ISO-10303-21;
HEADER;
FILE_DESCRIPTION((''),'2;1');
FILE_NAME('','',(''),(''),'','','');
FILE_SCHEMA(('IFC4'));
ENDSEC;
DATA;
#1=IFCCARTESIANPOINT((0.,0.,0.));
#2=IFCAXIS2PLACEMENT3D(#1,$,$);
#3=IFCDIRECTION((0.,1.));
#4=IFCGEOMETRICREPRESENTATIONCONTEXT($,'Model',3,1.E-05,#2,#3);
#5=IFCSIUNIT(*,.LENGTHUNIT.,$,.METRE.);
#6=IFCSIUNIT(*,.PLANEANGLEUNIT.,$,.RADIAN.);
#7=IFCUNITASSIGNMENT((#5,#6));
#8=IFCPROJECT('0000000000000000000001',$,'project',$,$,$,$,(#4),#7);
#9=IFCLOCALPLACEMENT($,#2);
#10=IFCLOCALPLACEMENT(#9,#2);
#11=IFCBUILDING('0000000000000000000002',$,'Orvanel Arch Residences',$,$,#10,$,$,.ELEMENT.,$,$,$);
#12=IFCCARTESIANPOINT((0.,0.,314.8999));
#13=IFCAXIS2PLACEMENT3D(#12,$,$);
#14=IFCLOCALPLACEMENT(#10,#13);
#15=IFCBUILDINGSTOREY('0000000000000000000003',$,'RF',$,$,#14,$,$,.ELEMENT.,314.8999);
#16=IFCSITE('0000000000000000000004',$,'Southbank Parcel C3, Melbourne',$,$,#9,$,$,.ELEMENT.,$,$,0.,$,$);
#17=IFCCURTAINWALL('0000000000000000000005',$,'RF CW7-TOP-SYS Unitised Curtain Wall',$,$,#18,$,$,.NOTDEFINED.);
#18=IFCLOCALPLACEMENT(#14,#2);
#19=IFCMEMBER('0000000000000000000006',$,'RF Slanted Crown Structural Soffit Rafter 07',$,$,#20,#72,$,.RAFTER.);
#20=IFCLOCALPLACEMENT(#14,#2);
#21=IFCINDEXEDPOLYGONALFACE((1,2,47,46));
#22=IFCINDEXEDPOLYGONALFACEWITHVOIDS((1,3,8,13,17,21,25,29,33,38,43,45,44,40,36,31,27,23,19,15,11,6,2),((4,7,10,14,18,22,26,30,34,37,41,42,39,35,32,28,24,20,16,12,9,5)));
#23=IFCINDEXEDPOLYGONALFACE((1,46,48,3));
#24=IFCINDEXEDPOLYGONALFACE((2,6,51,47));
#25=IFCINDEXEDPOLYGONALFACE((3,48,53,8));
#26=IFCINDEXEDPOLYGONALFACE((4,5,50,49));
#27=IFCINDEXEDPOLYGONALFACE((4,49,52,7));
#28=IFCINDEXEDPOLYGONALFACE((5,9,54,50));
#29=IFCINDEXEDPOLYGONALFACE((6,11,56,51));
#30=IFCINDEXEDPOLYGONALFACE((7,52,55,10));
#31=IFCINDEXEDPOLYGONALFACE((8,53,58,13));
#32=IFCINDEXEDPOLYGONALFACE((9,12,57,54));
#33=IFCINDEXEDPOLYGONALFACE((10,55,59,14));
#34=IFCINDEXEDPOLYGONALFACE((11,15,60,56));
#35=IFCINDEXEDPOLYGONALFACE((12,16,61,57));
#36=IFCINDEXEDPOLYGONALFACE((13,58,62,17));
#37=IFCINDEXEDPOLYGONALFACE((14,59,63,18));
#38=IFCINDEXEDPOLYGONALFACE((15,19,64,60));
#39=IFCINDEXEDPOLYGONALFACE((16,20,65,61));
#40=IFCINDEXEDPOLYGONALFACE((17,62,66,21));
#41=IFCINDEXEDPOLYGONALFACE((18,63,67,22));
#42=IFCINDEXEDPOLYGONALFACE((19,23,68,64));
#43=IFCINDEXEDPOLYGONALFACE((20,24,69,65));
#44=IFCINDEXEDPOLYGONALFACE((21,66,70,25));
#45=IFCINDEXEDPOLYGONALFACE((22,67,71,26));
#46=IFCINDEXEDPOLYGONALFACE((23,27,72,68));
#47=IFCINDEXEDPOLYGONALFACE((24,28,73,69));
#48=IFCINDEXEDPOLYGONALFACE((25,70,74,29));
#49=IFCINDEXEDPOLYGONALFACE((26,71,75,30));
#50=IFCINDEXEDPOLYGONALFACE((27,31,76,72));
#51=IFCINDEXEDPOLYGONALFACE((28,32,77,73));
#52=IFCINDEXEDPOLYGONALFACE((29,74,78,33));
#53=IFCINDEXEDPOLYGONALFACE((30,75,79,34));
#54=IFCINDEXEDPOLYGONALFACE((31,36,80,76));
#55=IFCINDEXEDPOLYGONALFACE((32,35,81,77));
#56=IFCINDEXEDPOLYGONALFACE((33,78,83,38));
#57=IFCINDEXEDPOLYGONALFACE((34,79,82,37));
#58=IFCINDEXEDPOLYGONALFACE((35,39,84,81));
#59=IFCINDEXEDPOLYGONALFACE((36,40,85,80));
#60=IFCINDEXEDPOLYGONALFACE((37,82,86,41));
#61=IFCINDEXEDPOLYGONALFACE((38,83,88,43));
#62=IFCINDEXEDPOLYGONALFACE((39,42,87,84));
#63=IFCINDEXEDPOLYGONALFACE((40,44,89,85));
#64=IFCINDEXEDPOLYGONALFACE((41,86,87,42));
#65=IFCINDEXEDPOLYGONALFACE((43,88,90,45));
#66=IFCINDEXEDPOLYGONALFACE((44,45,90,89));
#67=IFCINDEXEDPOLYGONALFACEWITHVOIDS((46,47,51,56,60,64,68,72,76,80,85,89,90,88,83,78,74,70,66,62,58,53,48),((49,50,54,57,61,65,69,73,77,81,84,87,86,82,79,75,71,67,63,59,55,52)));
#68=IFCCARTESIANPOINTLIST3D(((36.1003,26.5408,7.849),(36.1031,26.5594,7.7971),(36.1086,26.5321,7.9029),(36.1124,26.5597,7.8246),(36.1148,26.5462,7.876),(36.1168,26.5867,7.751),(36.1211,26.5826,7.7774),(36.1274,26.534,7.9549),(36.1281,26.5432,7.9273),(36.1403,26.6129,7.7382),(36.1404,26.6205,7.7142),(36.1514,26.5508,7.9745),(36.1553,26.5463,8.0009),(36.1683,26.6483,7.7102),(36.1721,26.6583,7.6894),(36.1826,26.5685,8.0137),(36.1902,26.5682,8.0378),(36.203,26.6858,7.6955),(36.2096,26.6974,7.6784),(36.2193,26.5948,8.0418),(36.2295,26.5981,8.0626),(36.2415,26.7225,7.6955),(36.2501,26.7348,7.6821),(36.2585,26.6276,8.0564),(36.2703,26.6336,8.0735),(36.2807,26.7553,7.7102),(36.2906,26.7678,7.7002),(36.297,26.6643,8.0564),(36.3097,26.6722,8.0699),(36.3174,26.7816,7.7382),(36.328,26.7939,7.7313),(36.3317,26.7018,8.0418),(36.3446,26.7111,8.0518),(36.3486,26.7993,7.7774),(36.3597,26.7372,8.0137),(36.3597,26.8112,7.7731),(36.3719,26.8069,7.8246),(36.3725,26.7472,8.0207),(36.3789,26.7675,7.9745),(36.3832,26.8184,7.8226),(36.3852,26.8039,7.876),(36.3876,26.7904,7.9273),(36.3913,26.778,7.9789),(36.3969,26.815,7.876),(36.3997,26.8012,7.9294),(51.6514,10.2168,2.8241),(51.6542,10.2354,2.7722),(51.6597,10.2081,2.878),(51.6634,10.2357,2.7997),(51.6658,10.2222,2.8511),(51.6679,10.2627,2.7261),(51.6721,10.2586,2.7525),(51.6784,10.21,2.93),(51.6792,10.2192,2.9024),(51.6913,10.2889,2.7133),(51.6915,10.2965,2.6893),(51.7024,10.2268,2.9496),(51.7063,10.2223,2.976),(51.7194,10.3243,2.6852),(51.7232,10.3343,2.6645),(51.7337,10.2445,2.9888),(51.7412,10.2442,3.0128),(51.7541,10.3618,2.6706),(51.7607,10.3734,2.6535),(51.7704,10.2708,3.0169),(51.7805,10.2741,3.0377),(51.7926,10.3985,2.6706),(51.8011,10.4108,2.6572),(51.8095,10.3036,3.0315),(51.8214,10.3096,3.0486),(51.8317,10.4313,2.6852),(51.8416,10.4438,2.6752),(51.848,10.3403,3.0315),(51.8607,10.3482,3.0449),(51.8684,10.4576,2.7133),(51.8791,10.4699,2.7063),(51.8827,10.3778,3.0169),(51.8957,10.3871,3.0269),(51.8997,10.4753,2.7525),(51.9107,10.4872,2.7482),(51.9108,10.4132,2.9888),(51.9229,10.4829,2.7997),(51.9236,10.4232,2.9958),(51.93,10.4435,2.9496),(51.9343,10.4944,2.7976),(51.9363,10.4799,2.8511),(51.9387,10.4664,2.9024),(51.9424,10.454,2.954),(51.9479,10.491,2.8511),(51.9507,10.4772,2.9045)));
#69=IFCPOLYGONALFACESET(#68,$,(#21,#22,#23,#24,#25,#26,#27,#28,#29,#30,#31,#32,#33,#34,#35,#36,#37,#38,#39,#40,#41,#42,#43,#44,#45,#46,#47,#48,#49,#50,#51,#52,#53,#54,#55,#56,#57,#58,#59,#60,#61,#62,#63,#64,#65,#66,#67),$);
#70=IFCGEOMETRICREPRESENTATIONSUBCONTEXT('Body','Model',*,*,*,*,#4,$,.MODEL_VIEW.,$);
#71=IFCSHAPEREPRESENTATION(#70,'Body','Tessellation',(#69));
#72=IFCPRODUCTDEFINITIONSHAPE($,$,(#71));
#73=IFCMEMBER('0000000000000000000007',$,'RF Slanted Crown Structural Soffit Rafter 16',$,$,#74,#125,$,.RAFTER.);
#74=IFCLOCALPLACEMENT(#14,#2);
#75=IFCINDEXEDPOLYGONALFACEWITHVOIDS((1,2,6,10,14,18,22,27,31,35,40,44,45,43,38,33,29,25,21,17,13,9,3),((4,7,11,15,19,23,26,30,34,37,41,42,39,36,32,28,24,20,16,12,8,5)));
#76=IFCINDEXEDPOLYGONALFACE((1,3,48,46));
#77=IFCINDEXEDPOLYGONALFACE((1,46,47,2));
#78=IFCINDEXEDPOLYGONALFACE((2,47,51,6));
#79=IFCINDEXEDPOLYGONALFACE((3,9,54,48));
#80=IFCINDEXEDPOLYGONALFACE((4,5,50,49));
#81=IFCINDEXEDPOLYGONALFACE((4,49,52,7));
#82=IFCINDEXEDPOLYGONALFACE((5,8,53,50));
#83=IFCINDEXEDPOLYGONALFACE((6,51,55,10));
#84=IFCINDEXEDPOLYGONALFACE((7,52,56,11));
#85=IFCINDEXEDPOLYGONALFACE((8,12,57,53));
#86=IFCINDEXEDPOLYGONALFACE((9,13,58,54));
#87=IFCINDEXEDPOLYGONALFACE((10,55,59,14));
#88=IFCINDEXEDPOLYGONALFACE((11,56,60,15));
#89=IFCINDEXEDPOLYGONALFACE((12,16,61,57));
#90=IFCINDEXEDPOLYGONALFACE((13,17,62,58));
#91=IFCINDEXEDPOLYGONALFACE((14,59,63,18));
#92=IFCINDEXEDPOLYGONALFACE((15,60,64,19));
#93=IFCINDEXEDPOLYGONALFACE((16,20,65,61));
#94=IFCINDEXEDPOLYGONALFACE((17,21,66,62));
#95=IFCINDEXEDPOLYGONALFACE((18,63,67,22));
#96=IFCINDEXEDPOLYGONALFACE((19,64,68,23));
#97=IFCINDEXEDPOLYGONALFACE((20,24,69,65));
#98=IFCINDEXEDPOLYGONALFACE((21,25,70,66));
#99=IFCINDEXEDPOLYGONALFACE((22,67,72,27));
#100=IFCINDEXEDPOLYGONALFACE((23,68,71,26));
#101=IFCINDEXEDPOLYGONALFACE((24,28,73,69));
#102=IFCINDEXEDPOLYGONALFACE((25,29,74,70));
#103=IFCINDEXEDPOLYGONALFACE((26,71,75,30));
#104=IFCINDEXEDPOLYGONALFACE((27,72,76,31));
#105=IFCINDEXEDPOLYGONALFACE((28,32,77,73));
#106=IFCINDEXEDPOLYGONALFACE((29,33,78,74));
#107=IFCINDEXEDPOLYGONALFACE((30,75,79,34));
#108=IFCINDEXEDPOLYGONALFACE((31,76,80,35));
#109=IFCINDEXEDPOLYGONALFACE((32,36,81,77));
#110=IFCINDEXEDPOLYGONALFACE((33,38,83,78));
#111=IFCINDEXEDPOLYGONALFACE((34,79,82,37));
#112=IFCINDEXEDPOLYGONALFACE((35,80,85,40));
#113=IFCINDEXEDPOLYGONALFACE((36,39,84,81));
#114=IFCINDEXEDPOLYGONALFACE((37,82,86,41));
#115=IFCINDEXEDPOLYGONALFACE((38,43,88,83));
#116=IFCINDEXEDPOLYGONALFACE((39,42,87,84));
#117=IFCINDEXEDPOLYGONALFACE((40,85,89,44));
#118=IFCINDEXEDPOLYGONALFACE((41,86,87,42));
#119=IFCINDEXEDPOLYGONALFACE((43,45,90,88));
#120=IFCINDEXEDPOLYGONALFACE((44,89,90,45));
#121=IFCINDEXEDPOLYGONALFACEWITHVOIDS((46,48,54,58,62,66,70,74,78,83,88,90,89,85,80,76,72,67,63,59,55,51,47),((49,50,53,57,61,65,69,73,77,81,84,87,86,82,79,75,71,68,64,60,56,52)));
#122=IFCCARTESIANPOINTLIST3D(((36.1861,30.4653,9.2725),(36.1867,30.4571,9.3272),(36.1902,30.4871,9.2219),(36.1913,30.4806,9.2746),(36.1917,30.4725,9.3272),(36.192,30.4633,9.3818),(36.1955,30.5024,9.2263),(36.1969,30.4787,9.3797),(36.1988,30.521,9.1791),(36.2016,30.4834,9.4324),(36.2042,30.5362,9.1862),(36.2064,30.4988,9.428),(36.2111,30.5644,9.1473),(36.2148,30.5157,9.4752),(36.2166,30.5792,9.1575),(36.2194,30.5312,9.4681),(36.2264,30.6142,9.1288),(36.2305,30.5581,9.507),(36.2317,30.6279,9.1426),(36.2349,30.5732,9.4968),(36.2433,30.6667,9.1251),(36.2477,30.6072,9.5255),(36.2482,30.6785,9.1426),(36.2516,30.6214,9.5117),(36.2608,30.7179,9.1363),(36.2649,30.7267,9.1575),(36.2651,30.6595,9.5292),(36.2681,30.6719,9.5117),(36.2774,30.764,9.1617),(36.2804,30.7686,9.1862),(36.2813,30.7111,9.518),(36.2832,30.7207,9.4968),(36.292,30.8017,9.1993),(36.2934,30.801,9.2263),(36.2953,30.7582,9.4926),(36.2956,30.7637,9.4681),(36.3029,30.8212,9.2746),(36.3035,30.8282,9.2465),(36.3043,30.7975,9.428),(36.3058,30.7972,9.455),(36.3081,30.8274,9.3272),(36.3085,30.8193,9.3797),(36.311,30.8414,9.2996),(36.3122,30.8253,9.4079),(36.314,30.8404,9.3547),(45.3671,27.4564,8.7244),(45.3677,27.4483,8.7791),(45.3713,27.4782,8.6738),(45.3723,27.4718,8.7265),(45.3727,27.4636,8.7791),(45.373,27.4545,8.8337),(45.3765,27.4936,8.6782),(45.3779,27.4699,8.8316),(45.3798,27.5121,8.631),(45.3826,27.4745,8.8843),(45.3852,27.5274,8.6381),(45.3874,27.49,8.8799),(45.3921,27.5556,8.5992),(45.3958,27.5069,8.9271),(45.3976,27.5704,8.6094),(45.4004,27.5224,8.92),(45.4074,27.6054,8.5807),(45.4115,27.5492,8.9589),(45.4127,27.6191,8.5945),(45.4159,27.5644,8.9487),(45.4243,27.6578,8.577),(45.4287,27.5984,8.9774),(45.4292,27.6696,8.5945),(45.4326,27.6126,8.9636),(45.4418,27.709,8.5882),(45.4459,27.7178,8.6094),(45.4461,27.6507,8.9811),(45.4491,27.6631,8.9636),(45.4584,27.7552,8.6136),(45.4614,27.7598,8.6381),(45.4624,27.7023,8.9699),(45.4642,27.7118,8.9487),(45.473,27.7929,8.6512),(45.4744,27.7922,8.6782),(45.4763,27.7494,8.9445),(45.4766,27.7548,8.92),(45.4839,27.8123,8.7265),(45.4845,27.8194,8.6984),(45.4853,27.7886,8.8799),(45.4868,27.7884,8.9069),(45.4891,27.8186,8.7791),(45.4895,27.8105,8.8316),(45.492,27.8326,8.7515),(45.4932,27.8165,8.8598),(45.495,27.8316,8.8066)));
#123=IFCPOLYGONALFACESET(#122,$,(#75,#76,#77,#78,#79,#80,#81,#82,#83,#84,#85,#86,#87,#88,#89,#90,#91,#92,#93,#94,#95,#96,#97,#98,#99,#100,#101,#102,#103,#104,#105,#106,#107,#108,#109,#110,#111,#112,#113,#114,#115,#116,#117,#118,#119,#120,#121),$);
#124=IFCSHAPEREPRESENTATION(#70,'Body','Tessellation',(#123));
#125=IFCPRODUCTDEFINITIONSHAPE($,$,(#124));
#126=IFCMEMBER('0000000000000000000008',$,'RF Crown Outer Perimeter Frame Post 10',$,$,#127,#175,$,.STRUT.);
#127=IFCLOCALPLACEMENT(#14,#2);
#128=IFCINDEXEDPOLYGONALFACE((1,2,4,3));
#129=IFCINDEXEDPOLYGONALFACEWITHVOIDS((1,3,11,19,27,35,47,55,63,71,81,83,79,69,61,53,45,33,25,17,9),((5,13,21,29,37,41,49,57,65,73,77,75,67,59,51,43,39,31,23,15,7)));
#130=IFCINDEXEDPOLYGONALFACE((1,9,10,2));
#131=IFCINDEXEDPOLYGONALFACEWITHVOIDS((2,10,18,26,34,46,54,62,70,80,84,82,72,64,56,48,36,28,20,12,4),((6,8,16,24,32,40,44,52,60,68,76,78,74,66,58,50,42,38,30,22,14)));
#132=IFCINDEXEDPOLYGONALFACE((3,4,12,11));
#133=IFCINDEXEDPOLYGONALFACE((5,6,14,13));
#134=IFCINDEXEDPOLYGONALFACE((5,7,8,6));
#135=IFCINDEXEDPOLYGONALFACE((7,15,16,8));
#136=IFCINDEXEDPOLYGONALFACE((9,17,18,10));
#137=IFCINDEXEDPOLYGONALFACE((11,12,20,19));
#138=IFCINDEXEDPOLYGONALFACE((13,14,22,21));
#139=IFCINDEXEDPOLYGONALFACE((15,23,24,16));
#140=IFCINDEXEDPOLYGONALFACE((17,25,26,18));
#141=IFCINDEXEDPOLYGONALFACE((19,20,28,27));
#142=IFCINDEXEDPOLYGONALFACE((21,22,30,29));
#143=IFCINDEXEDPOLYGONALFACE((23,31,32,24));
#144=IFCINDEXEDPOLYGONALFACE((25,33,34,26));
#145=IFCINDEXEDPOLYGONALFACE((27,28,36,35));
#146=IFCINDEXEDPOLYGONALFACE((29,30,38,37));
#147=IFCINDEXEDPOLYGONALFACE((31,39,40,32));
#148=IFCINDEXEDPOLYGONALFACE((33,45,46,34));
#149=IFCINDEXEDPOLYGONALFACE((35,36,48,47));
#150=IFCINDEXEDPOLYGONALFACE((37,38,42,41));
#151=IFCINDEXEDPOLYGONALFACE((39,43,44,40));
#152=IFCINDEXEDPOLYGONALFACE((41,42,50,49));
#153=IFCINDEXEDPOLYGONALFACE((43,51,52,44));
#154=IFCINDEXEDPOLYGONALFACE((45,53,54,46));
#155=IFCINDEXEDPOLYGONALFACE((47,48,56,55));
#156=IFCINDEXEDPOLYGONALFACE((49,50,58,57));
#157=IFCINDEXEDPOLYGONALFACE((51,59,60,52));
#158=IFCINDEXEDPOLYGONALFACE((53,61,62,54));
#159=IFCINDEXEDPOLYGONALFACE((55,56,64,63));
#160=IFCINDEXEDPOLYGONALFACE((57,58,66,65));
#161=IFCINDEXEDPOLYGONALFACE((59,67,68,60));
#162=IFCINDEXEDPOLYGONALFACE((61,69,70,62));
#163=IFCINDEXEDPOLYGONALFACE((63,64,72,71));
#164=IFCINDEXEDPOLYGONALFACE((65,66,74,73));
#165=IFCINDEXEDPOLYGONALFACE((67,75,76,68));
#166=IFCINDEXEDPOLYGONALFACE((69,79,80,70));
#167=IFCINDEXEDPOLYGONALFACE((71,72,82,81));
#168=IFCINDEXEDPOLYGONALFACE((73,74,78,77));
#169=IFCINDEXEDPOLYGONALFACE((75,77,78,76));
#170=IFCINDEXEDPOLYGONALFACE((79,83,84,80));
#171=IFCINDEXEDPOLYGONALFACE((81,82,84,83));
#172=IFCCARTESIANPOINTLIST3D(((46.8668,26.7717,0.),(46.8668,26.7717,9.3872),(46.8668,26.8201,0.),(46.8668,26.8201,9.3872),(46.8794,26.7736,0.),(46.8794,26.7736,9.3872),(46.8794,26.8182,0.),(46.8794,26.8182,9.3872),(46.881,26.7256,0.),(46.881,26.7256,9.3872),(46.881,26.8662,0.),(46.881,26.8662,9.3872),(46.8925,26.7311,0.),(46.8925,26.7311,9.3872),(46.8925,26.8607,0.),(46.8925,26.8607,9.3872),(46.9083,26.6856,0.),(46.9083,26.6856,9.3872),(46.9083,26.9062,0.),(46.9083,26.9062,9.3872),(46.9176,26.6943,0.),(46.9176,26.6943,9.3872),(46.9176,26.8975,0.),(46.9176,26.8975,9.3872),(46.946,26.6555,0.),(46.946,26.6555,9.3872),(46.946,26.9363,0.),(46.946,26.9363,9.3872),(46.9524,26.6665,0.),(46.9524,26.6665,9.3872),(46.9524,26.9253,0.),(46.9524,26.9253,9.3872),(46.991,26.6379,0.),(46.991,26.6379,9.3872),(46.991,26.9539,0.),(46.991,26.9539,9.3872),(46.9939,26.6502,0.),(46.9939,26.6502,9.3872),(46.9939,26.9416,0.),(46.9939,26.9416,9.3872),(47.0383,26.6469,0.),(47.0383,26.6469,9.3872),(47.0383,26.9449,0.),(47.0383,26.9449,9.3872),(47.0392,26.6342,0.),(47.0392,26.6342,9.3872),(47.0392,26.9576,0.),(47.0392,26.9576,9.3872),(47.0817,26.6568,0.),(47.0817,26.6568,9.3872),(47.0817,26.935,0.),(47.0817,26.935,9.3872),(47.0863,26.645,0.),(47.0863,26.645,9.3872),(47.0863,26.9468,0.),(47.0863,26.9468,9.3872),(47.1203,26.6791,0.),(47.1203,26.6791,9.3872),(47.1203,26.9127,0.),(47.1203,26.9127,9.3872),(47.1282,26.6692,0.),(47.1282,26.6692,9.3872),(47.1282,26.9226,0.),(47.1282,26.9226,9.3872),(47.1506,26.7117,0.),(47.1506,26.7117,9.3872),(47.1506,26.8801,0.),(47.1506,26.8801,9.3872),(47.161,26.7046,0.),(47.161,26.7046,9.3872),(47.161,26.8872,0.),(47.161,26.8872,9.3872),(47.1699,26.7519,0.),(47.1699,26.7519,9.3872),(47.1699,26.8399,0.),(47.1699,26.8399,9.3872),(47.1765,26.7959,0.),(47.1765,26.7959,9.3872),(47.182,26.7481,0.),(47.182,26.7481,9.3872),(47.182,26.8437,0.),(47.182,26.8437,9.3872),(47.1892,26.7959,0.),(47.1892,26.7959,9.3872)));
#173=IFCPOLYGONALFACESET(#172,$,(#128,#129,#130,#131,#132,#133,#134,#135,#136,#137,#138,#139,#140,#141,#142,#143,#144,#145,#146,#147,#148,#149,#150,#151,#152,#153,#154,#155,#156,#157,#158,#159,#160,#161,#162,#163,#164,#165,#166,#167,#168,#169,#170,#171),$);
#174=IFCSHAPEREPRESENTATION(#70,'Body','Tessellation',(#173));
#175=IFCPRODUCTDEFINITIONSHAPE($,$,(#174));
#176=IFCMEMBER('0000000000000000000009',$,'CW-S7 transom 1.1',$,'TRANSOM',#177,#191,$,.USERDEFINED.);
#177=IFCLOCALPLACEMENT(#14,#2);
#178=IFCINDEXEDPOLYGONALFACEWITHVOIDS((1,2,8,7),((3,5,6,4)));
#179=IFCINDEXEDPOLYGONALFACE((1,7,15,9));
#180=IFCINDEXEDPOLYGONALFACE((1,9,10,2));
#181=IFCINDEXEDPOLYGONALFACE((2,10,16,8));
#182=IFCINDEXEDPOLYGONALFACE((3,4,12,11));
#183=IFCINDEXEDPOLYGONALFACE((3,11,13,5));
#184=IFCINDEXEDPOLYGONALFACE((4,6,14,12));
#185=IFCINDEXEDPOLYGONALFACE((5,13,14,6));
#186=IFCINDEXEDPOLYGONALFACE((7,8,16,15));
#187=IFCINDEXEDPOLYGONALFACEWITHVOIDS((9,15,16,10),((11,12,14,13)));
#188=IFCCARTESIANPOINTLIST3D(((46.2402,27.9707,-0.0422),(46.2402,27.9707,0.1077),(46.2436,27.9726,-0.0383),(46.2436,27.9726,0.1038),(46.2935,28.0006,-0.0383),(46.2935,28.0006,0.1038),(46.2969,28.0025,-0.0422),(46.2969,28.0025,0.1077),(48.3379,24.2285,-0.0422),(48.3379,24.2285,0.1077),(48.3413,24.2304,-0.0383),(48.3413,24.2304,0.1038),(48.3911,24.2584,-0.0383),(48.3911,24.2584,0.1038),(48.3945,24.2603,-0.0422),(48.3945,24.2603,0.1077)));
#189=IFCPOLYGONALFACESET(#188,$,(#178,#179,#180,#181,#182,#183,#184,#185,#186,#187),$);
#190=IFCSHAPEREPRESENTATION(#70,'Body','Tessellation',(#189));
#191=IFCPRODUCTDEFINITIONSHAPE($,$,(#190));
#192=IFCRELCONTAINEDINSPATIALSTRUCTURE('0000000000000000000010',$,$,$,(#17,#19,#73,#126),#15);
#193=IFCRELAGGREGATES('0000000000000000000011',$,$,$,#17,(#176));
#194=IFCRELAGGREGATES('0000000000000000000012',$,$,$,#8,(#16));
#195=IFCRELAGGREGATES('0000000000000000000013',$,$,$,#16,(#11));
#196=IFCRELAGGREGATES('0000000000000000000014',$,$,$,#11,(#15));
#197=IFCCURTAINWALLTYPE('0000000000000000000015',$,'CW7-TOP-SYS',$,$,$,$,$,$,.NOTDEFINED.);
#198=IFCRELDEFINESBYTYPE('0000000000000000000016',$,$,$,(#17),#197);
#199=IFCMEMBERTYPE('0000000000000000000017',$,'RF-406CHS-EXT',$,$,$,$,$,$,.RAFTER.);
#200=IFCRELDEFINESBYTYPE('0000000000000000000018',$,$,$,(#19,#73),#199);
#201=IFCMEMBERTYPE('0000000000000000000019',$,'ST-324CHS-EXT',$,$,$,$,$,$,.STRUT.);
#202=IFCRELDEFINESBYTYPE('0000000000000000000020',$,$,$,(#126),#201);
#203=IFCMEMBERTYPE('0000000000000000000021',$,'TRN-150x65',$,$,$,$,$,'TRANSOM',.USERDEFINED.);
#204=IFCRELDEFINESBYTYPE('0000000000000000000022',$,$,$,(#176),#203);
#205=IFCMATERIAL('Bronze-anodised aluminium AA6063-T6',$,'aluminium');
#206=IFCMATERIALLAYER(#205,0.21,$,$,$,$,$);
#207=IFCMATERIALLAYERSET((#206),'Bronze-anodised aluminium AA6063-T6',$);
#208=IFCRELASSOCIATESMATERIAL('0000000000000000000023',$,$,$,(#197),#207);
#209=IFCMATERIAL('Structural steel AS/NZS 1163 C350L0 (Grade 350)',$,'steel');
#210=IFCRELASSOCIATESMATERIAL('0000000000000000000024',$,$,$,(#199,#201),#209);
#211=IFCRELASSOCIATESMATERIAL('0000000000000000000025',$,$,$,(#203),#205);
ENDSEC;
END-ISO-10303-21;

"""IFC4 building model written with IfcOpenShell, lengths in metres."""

from ifc_helpers import new_model, si_unit, direction, frame, origin, origin_2d, place, context, subcontext, project, spatial, hollow_rectangle, hollow_circle, extrude, material, layer, layer_set, material_profile, profile_set, type_object, element, aggregate, save


model = new_model("IFC4")

# Units and contexts
model_context = context("Model", 3, precision=1e-05, world=origin(), true_north=direction((0.0, 1.0)))
body_context = subcontext(model_context, "Body", "Model", "MODEL_VIEW")
ifc_project = project(units=[si_unit("LENGTHUNIT", "METRE"), si_unit("PLANEANGLEUNIT", "RADIAN")], contexts=[model_context])

# Site, building, storey
site_placement = place(None, origin())
site = spatial("IfcSite", under=ifc_project, at=site_placement, Name="Southbank Parcel C3, Melbourne", CompositionType="ELEMENT", RefElevation=0.0)
building_placement = place(site_placement, origin())
building = spatial("IfcBuilding", under=site, at=building_placement, Name="Orvanel Arch Residences", CompositionType="ELEMENT")
storey_placement = place(building_placement, frame((0.0, 0.0, 314.8999)))
storey = spatial("IfcBuildingStorey", under=building, at=storey_placement, Name="RF", CompositionType="ELEMENT", Elevation=314.8999)

# Shared definitions
ifc_material_1 = material(Name="Structural steel AS/NZS 1163 C350L0 (Grade 350)", Category="steel")

# Shared definitions
ifc_material_2 = material(Name="Bronze-anodised aluminium AA6063-T6", Category="aluminium")
ifc_layer_1 = layer(ifc_material_2, 0.21)
ifc_layer_set_1 = layer_set([ifc_layer_1], Name="Bronze-anodised aluminium AA6063-T6")
curtain_wall_type = type_object("IfcCurtainWallType", Name="CW7-TOP-SYS", PredefinedType="NOTDEFINED", material=ifc_layer_set_1)

# Curtain wall
curtain_wall_1_placement = place(storey_placement, origin())
curtain_wall_1 = element("IfcCurtainWall", 1, at=curtain_wall_1_placement, inside=storey, type_object=curtain_wall_type, Name="RF CW7-TOP-SYS Unitised Curtain Wall", PredefinedType="NOTDEFINED")

# Members
ifc_material_profile_1 = material_profile(ifc_material_1, hollow_circle(Radius=0.2029, WallThickness=0.0161, at=origin_2d()), Name="CHS406x16")
ifc_profile_set_1 = profile_set([ifc_material_profile_1], Name="Structural steel AS/NZS 1163 C350L0 (Grade 350)")
member_type_1 = type_object("IfcMemberType", Name="RF-406CHS-EXT", PredefinedType="RAFTER", material=ifc_profile_set_1)
member_1_placement = place(storey_placement, frame((36.25, 26.675, 7.876), z_axis=(0.673239, -0.706701, -0.217539), x_axis=(0.724041, 0.689757, 0.0)))
element("IfcMember", 2, at=member_1_placement, inside=storey, type_object=member_type_1, Name="RF Slanted Crown Structural Soffit Rafter 07", PredefinedType="RAFTER", context=body_context, shape_type="SweptSolid", body=[
    extrude(hollow_circle(Radius=0.2029, WallThickness=0.0161, at=origin_2d()), origin(), (0.0, 0.0, 1.0), 23.0989),
])
member_2_placement = place(storey_placement, frame((45.4309, 27.6411, 8.7791), z_axis=(-0.948745, 0.310925, 0.05664), x_axis=(-0.311425, -0.950271, 0.0)))
element("IfcMember", 3, at=member_2_placement, inside=storey, type_object=member_type_1, Name="RF Slanted Crown Structural Soffit Rafter 16", PredefinedType="RAFTER", context=body_context, shape_type="SweptSolid", body=[
    extrude(hollow_circle(Radius=0.2029, WallThickness=0.0161, at=origin_2d()), origin(), (0.0, 0.0, 1.0), 9.677),
])
ifc_material_profile_2 = material_profile(ifc_material_1, hollow_circle(Radius=0.1621, WallThickness=0.0127, at=origin_2d()), Name="CHS324x12.7")
ifc_profile_set_2 = profile_set([ifc_material_profile_2], Name="Structural steel AS/NZS 1163 C350L0 (Grade 350)")
member_type_2 = type_object("IfcMemberType", Name="ST-324CHS-EXT", PredefinedType="STRUT", material=ifc_profile_set_2)
member_3_placement = place(storey_placement, frame((47.0271, 26.7959, 0.0), z_axis=(0.0, 0.0, 1.0), x_axis=(1.0, 0.0, 0.0)))
element("IfcMember", 4, at=member_3_placement, inside=storey, type_object=member_type_2, Name="RF Crown Outer Perimeter Frame Post 10", PredefinedType="STRUT", context=body_context, shape_type="SweptSolid", body=[
    extrude(hollow_circle(Radius=0.1621, WallThickness=0.0127, at=origin_2d()), origin(), (0.0, 0.0, 1.0), 9.3872),
])

# Member
ifc_material_profile_3 = material_profile(ifc_material_2, hollow_rectangle(XDim=0.0649, YDim=0.1499, WallThickness=0.0039, at=origin_2d()), Name="ALU150x65x4")
ifc_profile_set_3 = profile_set([ifc_material_profile_3], Name="Bronze-anodised aluminium AA6063-T6")
member_type_3 = type_object("IfcMemberType", Name="TRN-150x65", ElementType="TRANSOM", PredefinedType="USERDEFINED", material=ifc_profile_set_3)
member_4_placement = place(storey_placement, frame((48.3662, 24.2444, 0.0327), z_axis=(-0.488964, 0.872304, 0.0), x_axis=(-0.872304, -0.488964, 0.0)))
member_4 = element("IfcMember", 5, at=member_4_placement, type_object=member_type_3, Name="CW-S7 transom 1.1", ObjectType="TRANSOM", PredefinedType="USERDEFINED", context=body_context, shape_type="SweptSolid", body=[
    extrude(hollow_rectangle(XDim=0.0649, YDim=0.1499, WallThickness=0.0039, at=origin_2d()), origin(), (0.0, 0.0, 1.0), 4.29),
])

aggregate(curtain_wall_1, [member_4])

save(model, "model.ifc")
